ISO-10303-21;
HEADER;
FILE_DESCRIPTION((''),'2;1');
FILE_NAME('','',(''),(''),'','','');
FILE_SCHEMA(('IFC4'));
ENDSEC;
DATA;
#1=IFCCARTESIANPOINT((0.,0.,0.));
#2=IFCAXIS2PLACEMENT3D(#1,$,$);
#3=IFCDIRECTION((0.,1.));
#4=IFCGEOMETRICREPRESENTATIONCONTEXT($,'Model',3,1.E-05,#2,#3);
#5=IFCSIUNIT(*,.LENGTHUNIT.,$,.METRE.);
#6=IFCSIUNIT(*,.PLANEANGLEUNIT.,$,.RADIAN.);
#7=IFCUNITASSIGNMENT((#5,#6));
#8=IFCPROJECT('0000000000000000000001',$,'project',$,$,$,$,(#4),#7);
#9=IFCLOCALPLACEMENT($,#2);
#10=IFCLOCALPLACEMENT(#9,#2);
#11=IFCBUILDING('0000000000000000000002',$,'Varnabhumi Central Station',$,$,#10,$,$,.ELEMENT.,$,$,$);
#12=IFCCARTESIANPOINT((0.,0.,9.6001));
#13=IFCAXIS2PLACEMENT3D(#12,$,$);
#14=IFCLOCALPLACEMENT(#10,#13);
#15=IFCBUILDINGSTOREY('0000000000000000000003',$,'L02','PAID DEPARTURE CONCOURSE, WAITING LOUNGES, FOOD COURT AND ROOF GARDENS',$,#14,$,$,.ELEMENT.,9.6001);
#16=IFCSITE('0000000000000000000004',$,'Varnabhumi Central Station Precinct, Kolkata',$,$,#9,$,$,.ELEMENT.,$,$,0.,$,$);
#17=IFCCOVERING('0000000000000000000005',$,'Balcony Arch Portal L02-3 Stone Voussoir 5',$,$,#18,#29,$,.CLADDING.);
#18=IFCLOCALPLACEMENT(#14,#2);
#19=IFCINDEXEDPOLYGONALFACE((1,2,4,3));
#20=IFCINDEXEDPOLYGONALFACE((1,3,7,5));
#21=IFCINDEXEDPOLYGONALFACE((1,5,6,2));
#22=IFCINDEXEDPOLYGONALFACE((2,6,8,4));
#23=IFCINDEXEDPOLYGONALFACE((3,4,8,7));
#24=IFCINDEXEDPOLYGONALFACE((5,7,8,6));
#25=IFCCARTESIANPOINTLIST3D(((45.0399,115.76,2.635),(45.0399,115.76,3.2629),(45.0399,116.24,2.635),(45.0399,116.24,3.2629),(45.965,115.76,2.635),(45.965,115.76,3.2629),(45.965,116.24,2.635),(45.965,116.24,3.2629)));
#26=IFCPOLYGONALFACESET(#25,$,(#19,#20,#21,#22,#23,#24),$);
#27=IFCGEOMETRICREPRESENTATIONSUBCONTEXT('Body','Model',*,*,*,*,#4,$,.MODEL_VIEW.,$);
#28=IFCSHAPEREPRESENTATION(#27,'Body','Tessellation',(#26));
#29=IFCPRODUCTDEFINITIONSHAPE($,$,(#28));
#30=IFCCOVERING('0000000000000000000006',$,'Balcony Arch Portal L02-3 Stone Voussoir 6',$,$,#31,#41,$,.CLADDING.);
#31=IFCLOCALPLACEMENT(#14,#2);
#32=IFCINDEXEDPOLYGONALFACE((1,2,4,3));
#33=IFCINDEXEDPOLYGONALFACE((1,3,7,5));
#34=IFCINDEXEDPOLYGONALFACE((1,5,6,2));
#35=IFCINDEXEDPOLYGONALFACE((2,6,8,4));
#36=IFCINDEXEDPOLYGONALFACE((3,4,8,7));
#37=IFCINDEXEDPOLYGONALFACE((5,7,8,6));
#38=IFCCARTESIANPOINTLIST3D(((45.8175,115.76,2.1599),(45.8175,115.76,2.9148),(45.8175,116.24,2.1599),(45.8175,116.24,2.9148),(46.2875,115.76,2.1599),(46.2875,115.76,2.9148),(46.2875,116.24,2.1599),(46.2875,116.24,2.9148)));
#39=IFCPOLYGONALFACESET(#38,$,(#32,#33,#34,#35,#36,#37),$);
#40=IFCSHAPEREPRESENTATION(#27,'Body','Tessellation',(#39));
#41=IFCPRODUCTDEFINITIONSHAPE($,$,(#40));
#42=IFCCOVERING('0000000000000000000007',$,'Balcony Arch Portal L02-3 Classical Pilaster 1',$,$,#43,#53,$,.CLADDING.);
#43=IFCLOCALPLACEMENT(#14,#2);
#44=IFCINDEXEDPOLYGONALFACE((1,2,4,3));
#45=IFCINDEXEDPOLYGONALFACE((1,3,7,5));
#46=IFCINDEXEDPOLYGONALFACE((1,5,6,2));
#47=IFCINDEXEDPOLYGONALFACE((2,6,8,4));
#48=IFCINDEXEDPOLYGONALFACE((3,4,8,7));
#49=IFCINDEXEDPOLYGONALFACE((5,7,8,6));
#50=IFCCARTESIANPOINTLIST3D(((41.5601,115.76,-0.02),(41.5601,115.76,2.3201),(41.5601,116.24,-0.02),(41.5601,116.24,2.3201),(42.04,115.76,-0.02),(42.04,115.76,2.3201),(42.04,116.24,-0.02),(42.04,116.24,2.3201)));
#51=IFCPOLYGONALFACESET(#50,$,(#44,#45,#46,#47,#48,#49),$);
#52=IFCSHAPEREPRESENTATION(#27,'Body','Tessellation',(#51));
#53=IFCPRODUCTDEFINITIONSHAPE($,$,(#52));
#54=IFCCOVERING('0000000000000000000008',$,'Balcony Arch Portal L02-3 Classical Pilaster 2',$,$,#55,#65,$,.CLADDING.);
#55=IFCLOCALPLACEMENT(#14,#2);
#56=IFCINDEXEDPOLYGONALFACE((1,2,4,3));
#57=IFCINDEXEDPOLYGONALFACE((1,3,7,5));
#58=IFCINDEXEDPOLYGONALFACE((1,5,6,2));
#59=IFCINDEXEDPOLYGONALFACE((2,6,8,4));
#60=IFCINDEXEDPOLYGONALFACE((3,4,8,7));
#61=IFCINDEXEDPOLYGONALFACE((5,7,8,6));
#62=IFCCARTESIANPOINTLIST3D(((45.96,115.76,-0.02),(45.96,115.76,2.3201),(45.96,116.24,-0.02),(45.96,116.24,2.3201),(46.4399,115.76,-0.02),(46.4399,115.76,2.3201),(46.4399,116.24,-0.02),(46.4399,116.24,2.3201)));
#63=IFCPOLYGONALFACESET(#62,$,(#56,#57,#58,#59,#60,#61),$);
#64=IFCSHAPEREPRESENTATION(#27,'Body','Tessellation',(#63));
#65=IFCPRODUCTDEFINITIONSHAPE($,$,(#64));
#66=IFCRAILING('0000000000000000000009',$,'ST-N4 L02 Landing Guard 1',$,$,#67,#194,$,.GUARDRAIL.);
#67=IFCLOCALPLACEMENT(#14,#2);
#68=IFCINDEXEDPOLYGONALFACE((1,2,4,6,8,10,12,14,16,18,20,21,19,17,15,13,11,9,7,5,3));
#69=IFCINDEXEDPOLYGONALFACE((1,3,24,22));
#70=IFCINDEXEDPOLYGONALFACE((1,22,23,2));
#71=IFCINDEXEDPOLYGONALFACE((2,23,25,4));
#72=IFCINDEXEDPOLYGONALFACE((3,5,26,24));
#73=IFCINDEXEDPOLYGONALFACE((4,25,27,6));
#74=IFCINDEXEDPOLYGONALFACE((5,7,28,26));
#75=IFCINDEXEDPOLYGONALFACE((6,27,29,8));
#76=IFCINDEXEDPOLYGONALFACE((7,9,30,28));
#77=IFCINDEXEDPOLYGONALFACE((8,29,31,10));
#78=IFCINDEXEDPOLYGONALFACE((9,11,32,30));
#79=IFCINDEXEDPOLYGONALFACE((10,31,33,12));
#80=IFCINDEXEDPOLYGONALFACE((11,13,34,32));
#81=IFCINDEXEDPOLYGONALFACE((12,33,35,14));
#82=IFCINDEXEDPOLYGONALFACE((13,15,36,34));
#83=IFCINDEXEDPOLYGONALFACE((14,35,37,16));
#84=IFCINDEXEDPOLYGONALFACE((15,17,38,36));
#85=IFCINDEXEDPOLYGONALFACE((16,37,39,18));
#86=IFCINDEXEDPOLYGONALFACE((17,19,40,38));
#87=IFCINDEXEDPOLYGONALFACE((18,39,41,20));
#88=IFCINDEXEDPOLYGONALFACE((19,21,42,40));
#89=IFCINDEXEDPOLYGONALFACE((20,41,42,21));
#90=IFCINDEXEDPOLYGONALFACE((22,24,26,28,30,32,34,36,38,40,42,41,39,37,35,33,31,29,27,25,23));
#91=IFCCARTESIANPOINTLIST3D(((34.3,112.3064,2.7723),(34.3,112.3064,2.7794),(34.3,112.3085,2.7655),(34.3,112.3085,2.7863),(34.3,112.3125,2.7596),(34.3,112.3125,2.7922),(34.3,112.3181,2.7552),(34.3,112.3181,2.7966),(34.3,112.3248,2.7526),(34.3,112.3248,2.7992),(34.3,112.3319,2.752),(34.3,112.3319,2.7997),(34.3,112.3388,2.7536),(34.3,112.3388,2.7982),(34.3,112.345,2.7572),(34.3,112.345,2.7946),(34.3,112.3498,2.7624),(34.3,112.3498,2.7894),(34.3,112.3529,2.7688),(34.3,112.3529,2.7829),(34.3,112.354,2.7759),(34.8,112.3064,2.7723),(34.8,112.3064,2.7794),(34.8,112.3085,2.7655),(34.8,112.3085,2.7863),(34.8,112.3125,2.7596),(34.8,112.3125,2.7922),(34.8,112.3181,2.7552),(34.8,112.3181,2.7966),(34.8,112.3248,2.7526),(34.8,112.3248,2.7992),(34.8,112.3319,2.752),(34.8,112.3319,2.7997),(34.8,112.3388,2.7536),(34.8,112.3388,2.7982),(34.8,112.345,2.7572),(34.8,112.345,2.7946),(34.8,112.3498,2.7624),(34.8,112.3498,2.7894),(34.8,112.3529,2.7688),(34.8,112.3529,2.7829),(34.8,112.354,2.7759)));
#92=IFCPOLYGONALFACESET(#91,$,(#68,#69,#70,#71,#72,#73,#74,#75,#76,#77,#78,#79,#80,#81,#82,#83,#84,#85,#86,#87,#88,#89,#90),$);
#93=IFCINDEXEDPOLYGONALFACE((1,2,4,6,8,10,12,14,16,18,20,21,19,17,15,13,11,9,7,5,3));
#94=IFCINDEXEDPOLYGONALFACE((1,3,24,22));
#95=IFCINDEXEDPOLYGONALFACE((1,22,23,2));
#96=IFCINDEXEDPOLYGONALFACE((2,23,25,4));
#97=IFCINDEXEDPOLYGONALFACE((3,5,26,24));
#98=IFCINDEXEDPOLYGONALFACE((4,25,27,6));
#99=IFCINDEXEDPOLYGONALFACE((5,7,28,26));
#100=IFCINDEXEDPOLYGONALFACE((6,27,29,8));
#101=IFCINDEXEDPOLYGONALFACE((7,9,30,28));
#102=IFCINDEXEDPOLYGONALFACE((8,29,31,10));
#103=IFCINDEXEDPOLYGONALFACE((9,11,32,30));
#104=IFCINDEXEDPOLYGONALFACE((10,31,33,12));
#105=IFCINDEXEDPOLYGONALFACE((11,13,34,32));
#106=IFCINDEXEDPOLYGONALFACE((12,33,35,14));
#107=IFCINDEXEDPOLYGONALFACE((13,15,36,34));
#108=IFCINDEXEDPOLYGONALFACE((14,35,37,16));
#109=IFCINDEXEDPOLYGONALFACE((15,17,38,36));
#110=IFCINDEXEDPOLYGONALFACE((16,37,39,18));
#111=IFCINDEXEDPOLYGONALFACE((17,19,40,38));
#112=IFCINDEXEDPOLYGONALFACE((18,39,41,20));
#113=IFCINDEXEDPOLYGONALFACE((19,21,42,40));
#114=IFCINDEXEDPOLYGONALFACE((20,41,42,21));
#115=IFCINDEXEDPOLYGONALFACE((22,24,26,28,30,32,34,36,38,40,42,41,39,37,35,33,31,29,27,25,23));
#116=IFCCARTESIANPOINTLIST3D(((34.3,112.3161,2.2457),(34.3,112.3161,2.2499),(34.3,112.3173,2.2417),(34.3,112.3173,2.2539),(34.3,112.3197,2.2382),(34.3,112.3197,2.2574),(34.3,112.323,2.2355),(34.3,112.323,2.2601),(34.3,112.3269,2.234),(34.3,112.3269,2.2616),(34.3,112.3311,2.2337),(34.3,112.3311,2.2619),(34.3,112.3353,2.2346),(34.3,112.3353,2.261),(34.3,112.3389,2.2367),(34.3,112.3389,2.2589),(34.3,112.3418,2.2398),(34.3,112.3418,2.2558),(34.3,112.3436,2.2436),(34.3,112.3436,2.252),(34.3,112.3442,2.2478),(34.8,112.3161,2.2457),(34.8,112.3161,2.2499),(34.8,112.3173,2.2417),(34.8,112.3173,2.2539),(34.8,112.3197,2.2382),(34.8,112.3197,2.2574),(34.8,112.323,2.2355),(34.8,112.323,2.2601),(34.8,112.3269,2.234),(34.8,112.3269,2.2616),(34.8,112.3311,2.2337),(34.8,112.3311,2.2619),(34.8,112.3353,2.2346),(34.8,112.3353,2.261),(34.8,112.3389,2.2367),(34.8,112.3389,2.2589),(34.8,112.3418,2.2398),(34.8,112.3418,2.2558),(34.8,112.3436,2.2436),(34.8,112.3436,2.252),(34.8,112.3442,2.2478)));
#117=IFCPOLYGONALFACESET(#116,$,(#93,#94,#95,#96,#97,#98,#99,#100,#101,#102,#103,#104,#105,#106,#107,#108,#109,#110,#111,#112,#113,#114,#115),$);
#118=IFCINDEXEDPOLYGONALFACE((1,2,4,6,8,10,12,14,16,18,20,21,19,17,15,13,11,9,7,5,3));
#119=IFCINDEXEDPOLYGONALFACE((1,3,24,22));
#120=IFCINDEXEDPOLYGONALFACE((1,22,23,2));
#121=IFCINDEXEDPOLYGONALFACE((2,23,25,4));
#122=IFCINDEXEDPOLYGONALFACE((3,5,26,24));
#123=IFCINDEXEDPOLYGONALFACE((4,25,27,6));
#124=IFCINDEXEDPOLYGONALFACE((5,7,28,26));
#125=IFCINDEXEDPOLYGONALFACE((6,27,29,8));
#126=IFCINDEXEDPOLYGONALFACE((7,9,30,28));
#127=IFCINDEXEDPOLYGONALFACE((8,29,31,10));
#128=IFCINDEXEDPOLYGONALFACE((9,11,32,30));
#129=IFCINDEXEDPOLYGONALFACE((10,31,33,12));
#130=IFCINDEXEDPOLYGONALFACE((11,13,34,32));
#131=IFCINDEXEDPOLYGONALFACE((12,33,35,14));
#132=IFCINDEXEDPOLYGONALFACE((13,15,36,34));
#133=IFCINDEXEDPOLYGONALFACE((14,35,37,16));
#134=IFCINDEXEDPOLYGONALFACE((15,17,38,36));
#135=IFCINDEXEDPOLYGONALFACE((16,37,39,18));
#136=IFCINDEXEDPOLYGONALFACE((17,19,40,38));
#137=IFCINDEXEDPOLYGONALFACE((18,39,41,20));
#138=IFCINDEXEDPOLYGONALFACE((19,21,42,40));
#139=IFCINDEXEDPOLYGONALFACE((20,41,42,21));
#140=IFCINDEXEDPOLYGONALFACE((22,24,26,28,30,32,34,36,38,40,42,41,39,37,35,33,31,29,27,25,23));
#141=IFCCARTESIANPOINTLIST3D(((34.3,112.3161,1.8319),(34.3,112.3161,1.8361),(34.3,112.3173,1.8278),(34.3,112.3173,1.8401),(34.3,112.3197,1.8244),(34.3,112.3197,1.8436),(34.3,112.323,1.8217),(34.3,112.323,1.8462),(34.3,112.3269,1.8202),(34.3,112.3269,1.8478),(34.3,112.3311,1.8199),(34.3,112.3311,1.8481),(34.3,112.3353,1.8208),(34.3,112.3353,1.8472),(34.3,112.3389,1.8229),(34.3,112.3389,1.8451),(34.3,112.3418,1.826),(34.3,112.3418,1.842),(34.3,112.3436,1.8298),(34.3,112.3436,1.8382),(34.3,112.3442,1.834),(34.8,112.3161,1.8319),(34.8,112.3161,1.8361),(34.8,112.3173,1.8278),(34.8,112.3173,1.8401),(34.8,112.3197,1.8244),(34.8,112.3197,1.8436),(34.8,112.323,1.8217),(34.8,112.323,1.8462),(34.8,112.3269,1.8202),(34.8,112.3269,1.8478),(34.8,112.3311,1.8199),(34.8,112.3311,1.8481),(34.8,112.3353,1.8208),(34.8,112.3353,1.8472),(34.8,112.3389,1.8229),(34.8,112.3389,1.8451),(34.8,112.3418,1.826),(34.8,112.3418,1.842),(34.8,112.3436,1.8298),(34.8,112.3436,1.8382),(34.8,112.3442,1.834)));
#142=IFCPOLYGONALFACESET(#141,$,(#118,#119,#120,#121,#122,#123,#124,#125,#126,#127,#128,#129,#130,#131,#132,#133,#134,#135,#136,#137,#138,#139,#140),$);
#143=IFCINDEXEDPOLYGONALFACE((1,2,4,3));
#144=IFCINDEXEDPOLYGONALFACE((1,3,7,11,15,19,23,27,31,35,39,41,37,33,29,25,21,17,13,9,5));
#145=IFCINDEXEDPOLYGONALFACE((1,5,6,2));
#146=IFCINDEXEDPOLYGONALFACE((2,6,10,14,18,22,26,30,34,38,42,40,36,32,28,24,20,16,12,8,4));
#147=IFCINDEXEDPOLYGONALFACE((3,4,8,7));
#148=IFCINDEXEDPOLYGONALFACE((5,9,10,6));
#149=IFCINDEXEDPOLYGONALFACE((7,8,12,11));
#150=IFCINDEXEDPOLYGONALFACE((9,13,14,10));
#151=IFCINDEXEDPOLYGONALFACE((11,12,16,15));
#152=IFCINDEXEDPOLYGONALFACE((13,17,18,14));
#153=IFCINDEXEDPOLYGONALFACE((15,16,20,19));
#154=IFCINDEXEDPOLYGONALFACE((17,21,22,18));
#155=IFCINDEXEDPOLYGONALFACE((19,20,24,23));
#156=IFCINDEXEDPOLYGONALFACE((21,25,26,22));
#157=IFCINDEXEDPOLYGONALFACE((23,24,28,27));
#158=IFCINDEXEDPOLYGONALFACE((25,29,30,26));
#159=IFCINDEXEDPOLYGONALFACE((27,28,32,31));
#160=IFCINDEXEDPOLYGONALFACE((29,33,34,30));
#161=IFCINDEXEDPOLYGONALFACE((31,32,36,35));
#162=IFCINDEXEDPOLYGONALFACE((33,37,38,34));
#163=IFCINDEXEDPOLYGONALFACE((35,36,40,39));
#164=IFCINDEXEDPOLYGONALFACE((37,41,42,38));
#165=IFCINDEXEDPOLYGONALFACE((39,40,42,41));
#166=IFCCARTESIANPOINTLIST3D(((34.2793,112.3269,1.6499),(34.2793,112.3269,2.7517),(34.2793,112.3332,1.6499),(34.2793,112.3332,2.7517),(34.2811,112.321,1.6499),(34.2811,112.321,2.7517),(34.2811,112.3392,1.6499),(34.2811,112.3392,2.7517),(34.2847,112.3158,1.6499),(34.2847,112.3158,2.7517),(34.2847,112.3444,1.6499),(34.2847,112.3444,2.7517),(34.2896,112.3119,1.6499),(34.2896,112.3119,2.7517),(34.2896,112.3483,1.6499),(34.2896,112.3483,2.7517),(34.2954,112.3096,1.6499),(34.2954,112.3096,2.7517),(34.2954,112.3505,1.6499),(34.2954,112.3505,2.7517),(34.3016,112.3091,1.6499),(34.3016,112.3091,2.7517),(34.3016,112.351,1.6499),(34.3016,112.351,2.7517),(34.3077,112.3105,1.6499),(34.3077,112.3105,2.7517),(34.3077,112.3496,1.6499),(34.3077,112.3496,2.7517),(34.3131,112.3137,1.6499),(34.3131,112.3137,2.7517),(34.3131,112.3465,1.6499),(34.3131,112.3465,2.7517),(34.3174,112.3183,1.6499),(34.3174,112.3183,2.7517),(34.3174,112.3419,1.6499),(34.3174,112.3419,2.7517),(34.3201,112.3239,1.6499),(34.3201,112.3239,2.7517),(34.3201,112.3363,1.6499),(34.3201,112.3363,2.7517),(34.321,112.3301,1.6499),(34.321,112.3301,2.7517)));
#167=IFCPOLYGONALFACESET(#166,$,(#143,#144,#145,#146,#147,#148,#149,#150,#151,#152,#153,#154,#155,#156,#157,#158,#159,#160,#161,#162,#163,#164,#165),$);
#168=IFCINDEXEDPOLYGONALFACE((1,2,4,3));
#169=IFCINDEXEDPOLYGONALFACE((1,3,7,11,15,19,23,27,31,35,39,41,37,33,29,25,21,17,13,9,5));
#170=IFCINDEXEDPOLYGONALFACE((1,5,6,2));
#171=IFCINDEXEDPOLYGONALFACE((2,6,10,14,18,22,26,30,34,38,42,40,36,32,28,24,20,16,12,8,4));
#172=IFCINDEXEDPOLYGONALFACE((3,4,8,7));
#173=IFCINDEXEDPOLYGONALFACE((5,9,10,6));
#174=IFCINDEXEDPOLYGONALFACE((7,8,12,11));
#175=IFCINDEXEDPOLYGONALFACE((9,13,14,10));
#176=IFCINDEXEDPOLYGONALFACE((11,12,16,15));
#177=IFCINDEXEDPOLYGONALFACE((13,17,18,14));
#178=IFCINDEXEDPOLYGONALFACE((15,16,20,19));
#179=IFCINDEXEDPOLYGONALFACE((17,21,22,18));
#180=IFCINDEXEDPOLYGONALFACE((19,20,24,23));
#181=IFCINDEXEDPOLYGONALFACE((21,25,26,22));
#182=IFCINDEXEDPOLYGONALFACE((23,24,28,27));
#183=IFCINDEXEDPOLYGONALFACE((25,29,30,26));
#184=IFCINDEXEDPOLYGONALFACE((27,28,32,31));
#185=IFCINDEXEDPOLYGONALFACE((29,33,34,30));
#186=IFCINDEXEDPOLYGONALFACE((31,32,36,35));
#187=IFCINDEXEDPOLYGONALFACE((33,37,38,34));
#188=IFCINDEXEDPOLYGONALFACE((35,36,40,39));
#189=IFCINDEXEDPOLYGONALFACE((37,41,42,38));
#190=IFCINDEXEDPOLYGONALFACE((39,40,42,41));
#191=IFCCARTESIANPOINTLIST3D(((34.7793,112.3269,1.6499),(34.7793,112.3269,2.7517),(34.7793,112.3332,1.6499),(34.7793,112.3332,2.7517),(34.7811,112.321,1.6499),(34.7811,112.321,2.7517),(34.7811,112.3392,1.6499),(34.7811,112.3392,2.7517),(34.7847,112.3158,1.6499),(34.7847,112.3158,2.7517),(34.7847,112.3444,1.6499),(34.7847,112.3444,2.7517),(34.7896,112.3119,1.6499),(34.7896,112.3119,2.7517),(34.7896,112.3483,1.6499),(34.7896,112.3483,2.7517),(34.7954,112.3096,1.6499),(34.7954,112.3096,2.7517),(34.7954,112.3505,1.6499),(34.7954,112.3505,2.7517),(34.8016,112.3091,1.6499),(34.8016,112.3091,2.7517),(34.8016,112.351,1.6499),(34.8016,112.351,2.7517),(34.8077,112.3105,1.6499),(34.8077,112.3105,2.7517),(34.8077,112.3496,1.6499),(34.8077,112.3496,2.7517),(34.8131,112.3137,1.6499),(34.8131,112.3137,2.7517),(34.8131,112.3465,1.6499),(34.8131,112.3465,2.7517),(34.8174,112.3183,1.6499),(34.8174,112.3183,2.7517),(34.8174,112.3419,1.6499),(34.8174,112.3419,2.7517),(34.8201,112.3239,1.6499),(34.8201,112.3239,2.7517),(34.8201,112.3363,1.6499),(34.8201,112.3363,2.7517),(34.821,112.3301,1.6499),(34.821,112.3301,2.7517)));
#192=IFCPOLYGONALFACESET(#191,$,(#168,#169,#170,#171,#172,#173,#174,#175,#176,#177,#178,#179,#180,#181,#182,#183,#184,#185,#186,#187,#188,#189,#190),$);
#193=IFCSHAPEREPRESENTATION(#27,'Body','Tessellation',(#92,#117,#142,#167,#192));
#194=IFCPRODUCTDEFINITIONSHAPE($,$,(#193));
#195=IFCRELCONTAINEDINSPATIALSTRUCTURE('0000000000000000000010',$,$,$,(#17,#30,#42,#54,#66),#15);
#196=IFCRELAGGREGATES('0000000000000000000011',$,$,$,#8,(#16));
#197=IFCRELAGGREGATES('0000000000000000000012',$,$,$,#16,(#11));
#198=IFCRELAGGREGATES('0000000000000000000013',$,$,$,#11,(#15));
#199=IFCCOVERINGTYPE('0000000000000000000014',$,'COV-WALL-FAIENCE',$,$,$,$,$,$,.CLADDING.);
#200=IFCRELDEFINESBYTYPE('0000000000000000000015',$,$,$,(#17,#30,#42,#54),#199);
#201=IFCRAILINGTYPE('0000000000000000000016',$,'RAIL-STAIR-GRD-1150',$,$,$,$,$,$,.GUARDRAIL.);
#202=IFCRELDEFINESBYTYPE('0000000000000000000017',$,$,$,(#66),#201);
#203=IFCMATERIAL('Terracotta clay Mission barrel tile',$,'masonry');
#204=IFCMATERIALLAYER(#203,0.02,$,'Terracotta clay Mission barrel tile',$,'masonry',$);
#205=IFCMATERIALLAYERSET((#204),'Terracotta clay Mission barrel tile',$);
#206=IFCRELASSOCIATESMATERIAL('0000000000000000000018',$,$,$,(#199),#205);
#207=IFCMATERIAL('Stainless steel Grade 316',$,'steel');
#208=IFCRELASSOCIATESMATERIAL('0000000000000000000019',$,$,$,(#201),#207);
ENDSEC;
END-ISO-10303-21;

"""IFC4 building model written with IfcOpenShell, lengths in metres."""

from ifc_helpers import new_model, si_unit, direction, frame, origin, origin_2d, place, context, subcontext, project, spatial, rectangle, circle, extrude, material, layer, layer_set, type_object, element, save


model = new_model("IFC4")

# Units and contexts
model_context = context("Model", 3, precision=1e-05, world=origin(), true_north=direction((0.0, 1.0)))
body_context = subcontext(model_context, "Body", "Model", "MODEL_VIEW")
ifc_project = project(units=[si_unit("LENGTHUNIT", "METRE"), si_unit("PLANEANGLEUNIT", "RADIAN")], contexts=[model_context])

# Site, building, storey
site_placement = place(None, origin())
site = spatial("IfcSite", under=ifc_project, at=site_placement, Name="Varnabhumi Central Station Precinct, Kolkata", CompositionType="ELEMENT", RefElevation=0.0)
building_placement = place(site_placement, origin())
building = spatial("IfcBuilding", under=site, at=building_placement, Name="Varnabhumi Central Station", CompositionType="ELEMENT")
storey_placement = place(building_placement, frame((0.0, 0.0, 9.6001)))
storey = spatial("IfcBuildingStorey", under=building, at=storey_placement, Name="L02", Description="PAID DEPARTURE CONCOURSE, WAITING LOUNGES, FOOD COURT AND ROOF GARDENS", CompositionType="ELEMENT", Elevation=9.6001)

# Shared definitions
ifc_material_1 = material(Name="Stainless steel Grade 316", Category="steel")

# Coverings
ifc_material_2 = material(Name="Terracotta clay Mission barrel tile", Category="masonry")
ifc_layer_1 = layer(ifc_material_2, 0.02, Name="Terracotta clay Mission barrel tile", Category="masonry")
ifc_layer_set_1 = layer_set([ifc_layer_1], Name="Terracotta clay Mission barrel tile")
covering_type = type_object("IfcCoveringType", Name="COV-WALL-FAIENCE", PredefinedType="CLADDING", material=ifc_layer_set_1)
covering_1_placement = place(storey_placement, frame((45.5024, 116.0, 2.635), z_axis=(0.0, 0.0, 1.0), x_axis=(1.0, 0.0, 0.0)))
element("IfcCovering", 1, at=covering_1_placement, inside=storey, type_object=covering_type, Name="Balcony Arch Portal L02-3 Stone Voussoir 5", PredefinedType="CLADDING", context=body_context, shape_type="SweptSolid", body=[
    extrude(rectangle(XDim=0.925, YDim=0.48, at=origin_2d()), origin(), (0.0, 0.0, 1.0), 0.6279),
])
covering_2_placement = place(storey_placement, frame((46.0525, 116.0, 2.1599), z_axis=(0.0, 0.0, 1.0), x_axis=(1.0, 0.0, 0.0)))
element("IfcCovering", 2, at=covering_2_placement, inside=storey, type_object=covering_type, Name="Balcony Arch Portal L02-3 Stone Voussoir 6", PredefinedType="CLADDING", context=body_context, shape_type="SweptSolid", body=[
    extrude(rectangle(XDim=0.47, YDim=0.48, at=origin_2d()), origin(), (0.0, 0.0, 1.0), 0.7549),
])
for number, where, z_axis, x_axis, name in (
    (3, (41.8, 116.0, -0.02), (0.0, 0.0, 1.0), (1.0, 0.0, 0.0), "Balcony Arch Portal L02-3 Classical Pilaster 1"),
    (4, (46.2, 116.0, -0.02), (0.0, 0.0, 1.0), (1.0, 0.0, 0.0), "Balcony Arch Portal L02-3 Classical Pilaster 2"),
):
    element("IfcCovering", number, at=place(storey_placement, frame(where, z_axis=z_axis, x_axis=x_axis)), inside=storey, type_object=covering_type, Name=name, PredefinedType="CLADDING", context=body_context, shape_type="SweptSolid", body=[
        extrude(rectangle(XDim=0.48, YDim=0.48, at=origin_2d()), origin(), (0.0, 0.0, 1.0), 2.3401),
    ])

# Railing
railing_type_1 = type_object("IfcRailingType", Name="RAIL-STAIR-GRD-1150", PredefinedType="GUARDRAIL", material=ifc_material_1)
for number, where, name in (
    (5, (34.3, 112.3301, 1.6499), "ST-N4 L02 Landing Guard 1"),
):
    element("IfcRailing", number, at=place(storey_placement, frame(where)), inside=storey, type_object=railing_type_1, Name=name, PredefinedType="GUARDRAIL", context=body_context, shape_type="SweptSolid", body=[
        extrude(circle(Radius=0.0239, at=origin_2d()), frame((0.0, 0.0, 1.126), z_axis=(1.0, 0.0, 0.0), x_axis=(0.0, 1.0, 0.0)), (0.0, 0.0, 1.0), 0.5),
        extrude(circle(Radius=0.0142, at=origin_2d()), frame((0.0, 0.0, 0.5979), z_axis=(1.0, 0.0, 0.0), x_axis=(0.0, 1.0, 0.0)), (0.0, 0.0, 1.0), 0.5),
        extrude(circle(Radius=0.0142, at=origin_2d()), frame((0.0, 0.0, 0.1841), z_axis=(1.0, 0.0, 0.0), x_axis=(0.0, 1.0, 0.0)), (0.0, 0.0, 1.0), 0.5),
        extrude(circle(Radius=0.021, at=origin_2d()), origin(), (0.0, 0.0, 1.0), 1.1018),
        extrude(circle(Radius=0.021, at=origin_2d()), frame((0.5, 0.0, 0.0)), (0.0, 0.0, 1.0), 1.1018),
    ])

save(model, "model.ifc")
